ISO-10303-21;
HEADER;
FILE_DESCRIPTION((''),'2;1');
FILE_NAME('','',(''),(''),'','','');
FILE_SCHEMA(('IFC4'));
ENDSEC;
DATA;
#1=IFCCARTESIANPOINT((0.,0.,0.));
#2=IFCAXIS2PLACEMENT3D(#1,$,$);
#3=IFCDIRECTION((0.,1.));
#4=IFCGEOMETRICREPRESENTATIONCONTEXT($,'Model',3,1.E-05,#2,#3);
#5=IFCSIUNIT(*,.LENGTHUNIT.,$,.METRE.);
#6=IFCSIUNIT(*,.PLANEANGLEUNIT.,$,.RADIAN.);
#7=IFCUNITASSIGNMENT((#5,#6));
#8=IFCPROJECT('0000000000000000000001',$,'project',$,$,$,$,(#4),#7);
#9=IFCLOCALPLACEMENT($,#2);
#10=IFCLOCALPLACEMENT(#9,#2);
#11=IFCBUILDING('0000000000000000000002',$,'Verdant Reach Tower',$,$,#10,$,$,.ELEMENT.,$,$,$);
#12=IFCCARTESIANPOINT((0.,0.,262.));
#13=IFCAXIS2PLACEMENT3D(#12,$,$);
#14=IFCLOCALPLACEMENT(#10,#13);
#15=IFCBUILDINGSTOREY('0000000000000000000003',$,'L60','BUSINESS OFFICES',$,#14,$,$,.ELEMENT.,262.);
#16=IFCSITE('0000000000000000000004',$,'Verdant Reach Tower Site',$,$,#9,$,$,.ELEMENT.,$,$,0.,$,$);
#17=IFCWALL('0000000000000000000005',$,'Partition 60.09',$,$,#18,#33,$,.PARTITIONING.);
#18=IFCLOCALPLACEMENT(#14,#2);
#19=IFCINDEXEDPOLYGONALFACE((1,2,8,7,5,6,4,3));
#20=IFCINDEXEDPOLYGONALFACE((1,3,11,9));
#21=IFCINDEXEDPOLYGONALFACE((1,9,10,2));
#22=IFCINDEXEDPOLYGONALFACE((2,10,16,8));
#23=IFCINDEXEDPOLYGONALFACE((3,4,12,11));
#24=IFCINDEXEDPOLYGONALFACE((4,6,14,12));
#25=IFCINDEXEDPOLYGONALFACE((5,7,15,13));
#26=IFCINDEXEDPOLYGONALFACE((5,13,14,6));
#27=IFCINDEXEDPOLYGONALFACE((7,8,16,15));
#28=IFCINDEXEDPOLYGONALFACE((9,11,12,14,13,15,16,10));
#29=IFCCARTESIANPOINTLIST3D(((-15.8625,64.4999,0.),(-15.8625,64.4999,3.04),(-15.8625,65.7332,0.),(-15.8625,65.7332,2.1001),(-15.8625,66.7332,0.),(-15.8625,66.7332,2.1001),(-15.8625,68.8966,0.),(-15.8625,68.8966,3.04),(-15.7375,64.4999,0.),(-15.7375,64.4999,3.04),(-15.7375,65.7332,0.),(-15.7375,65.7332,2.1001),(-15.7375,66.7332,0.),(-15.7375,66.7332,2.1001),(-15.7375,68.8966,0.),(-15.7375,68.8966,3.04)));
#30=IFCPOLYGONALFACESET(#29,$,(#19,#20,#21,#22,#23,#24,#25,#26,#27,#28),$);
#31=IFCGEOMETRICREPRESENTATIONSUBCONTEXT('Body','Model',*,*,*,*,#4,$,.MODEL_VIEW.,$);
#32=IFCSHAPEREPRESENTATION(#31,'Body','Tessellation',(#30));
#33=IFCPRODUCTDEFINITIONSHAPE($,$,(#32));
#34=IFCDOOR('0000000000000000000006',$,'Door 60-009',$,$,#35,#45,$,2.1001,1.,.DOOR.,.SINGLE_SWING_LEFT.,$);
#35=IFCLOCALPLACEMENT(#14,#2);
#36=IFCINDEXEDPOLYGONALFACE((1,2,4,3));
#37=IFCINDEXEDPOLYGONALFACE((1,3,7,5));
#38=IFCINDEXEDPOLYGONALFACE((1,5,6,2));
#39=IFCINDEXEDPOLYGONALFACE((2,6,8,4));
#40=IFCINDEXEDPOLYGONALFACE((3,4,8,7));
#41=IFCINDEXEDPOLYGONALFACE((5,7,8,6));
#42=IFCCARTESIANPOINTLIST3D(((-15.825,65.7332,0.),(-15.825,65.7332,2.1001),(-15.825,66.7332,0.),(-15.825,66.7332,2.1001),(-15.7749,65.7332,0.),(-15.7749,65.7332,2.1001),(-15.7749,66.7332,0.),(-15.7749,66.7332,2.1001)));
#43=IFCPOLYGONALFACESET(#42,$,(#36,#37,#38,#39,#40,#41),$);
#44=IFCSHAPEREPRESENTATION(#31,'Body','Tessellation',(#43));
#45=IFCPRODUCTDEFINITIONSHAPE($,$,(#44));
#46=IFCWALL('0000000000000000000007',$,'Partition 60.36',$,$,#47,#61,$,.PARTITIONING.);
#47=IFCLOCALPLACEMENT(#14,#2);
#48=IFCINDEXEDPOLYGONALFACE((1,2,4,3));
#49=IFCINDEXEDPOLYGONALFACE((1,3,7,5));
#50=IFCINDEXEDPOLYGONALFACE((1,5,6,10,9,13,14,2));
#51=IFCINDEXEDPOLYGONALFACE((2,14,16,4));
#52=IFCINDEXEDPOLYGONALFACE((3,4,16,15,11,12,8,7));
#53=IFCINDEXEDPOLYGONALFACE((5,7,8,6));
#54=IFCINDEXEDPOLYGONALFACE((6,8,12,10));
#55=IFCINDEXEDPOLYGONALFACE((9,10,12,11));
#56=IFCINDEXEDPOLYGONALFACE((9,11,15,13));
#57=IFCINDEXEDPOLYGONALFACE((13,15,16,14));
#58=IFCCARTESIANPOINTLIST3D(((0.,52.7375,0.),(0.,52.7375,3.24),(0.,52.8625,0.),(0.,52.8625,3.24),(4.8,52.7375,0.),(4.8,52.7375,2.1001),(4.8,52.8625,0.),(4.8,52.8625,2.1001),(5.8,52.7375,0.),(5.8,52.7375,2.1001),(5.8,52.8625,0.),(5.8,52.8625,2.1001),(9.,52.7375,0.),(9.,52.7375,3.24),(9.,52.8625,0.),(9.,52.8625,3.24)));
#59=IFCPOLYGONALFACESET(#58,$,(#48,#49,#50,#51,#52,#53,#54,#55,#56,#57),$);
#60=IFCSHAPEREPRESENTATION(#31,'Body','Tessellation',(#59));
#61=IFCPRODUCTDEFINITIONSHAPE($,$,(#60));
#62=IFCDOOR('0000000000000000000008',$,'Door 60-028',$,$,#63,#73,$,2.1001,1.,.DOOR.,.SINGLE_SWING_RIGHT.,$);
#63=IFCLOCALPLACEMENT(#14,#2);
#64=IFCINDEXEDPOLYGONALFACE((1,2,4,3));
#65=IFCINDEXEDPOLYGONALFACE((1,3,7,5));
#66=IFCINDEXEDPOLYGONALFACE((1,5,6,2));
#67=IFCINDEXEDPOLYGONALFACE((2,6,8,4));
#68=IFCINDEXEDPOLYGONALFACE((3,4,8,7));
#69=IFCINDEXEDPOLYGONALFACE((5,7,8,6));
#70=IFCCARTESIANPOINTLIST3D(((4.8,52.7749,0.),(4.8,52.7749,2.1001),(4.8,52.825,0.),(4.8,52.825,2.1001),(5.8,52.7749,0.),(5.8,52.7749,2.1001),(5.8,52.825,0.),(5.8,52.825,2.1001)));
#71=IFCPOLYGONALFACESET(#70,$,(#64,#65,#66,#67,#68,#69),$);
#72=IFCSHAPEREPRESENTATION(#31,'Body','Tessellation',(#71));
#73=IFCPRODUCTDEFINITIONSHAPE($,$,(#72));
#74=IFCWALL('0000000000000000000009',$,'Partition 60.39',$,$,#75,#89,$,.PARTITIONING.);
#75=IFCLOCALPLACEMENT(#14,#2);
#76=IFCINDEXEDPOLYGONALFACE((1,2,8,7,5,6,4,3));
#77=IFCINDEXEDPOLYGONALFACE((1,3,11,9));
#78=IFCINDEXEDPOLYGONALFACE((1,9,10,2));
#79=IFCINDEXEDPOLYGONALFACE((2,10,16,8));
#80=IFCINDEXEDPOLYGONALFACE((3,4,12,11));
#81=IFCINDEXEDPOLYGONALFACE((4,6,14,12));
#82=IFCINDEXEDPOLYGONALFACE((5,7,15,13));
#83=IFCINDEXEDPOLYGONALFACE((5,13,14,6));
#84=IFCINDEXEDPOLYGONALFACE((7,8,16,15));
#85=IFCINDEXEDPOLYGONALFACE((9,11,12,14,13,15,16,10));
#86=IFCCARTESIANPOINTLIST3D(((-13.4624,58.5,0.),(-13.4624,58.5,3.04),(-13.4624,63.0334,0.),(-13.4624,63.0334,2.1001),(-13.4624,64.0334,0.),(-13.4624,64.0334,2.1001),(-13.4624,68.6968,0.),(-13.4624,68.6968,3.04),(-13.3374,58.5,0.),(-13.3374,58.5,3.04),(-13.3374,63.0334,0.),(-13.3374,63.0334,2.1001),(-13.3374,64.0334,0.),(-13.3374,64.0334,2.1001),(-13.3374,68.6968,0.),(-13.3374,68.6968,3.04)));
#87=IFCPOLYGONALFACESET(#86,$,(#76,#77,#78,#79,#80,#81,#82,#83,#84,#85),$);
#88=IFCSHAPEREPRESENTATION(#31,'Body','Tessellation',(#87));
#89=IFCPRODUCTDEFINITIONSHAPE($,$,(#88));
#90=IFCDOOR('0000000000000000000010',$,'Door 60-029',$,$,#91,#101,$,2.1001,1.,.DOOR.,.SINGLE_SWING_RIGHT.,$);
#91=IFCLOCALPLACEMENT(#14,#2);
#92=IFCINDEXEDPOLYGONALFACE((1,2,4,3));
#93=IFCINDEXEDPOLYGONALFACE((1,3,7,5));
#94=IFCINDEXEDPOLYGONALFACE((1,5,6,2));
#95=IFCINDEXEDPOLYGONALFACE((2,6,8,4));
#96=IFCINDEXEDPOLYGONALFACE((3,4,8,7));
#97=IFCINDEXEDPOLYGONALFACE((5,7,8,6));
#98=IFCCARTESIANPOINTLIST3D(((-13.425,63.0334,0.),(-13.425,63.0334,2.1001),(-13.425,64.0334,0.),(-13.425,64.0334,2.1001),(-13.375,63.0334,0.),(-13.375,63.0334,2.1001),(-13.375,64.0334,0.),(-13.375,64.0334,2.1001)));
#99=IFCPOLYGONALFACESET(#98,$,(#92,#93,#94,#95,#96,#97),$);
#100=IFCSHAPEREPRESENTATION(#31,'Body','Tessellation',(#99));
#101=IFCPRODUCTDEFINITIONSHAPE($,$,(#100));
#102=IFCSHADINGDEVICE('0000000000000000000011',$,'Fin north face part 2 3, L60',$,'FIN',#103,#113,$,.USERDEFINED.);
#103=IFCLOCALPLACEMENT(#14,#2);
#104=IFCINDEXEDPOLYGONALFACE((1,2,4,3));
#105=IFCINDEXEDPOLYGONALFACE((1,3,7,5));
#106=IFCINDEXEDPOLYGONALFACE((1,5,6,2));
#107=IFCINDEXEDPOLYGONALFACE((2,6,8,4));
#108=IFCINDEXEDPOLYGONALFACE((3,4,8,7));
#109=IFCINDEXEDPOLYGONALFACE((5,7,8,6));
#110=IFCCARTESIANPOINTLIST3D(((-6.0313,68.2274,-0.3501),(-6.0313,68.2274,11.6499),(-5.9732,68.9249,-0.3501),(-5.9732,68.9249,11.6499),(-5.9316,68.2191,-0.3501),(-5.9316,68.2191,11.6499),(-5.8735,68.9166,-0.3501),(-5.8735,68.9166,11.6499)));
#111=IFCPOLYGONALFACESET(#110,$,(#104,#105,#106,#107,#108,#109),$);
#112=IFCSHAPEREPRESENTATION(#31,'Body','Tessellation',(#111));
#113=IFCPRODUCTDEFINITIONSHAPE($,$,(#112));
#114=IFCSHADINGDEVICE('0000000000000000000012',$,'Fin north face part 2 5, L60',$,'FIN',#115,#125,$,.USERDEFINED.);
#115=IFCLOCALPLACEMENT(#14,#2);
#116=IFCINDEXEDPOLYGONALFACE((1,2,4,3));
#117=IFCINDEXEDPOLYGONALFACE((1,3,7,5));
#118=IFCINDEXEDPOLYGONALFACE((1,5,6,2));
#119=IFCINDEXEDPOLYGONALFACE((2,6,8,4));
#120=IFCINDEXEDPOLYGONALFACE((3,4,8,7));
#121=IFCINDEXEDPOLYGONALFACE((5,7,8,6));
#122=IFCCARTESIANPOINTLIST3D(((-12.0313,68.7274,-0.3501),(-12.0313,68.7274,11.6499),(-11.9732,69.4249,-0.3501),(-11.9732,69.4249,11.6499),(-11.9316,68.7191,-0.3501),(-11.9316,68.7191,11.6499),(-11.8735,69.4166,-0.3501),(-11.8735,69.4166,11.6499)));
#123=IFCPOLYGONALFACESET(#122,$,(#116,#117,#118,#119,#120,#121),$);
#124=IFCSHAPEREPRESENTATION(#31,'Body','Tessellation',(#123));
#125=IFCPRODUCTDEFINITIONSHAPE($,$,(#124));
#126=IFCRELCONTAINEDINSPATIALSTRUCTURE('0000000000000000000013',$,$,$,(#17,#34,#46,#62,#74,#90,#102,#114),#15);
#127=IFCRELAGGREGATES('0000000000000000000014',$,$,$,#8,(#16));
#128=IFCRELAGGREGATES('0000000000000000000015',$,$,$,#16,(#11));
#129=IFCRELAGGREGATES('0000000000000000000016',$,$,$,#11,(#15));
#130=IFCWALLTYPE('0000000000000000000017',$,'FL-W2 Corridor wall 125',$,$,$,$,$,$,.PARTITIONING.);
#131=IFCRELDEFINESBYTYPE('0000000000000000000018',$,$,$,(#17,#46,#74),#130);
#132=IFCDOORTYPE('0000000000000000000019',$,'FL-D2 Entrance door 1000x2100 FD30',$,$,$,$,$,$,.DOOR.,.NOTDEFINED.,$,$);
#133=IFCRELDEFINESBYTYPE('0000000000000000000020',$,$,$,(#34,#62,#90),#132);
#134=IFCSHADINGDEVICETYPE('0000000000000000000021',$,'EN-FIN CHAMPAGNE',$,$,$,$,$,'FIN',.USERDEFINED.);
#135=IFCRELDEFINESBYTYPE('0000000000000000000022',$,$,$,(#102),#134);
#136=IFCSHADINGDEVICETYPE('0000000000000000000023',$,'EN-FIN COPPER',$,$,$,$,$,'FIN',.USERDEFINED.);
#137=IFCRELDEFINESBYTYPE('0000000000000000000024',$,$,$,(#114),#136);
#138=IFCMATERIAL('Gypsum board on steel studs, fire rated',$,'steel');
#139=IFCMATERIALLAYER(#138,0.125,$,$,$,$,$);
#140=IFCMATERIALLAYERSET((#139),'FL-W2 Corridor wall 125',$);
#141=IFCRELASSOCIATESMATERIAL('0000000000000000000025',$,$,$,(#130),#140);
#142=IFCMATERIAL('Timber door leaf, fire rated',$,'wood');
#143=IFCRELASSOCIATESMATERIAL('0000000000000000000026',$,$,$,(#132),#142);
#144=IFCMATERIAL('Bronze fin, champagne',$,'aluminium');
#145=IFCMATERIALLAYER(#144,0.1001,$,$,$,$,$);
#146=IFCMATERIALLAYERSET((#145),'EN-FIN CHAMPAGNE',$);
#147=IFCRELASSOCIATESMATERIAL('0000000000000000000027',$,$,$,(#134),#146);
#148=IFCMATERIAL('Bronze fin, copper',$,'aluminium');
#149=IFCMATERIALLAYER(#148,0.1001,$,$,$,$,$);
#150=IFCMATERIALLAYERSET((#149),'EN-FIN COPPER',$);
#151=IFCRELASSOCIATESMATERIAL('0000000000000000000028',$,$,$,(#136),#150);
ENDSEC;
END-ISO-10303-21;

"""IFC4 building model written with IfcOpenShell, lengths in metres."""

from ifc_helpers import new_model, si_unit, direction, frame, frame_2d, origin, origin_2d, place, context, subcontext, project, spatial, rectangle, extrude, material, layer, layer_set, type_object, element, fill, save


model = new_model("IFC4")

# Units and contexts
model_context = context("Model", 3, precision=1e-05, world=origin(), true_north=direction((0.0, 1.0)))
body_context = subcontext(model_context, "Body", "Model", "MODEL_VIEW")
ifc_project = project(units=[si_unit("LENGTHUNIT", "METRE"), si_unit("PLANEANGLEUNIT", "RADIAN")], contexts=[model_context])

# Site, building, storey
site_placement = place(None, origin())
site = spatial("IfcSite", under=ifc_project, at=site_placement, Name="Verdant Reach Tower Site", CompositionType="ELEMENT", RefElevation=0.0)
building_placement = place(site_placement, origin())
building = spatial("IfcBuilding", under=site, at=building_placement, Name="Verdant Reach Tower", CompositionType="ELEMENT")
storey_placement = place(building_placement, frame((0.0, 0.0, 262.0)))
storey = spatial("IfcBuildingStorey", under=building, at=storey_placement, Name="L60", Description="BUSINESS OFFICES", CompositionType="ELEMENT", Elevation=262.0)

# Walls, openings, doors
ifc_material_1 = material(Name="Gypsum board on steel studs, fire rated", Category="steel")
ifc_layer_1 = layer(ifc_material_1, 0.125)
ifc_layer_set_1 = layer_set([ifc_layer_1], Name="FL-W2 Corridor wall 125")
wall_type_1 = type_object("IfcWallType", Name="FL-W2 Corridor wall 125", PredefinedType="PARTITIONING", material=ifc_layer_set_1)
ifc_material_2 = material(Name="Timber door leaf, fire rated", Category="wood")
door_type_1 = type_object("IfcDoorType", Name="FL-D2 Entrance door 1000x2100 FD30", OperationType="NOTDEFINED", PredefinedType="DOOR", material=ifc_material_2)
wall_1_placement = place(storey_placement, frame((-15.8, 64.5, 0.0), z_axis=(0.0, 0.0, 1.0), x_axis=(0.0, 1.0, 0.0)))
wall_1 = element("IfcWall", 1, at=wall_1_placement, inside=storey, type_object=wall_type_1, Name="Partition 60.09", PredefinedType="PARTITIONING", context=body_context, shape_type="SweptSolid", body=[
    extrude(rectangle(XDim=4.3967, YDim=0.125, at=frame_2d((2.1982, 0.0))), origin(), (0.0, 0.0, 1.0), 3.04),
])
opening_1_placement = place(wall_1_placement, frame((1.2332, 0.0, 0.0)))
opening_1 = element("IfcOpeningElement", 2, at=opening_1_placement, cuts=wall_1, PredefinedType="OPENING", context=body_context, shape_type="SweptSolid", body=[
    extrude(rectangle(XDim=1.0, YDim=2.1001, at=frame_2d((0.5, 1.05))), frame((0.0, 0.0725, 0.0), z_axis=(0.0, -1.0, 0.0), x_axis=(1.0, 0.0, 0.0)), (0.0, 0.0, 1.0), 0.145),
])
door_1_placement = place(opening_1_placement, origin())
door_1 = element("IfcDoor", 3, at=door_1_placement, inside=storey, type_object=door_type_1, Name="Door 60-009", OperationType="SINGLE_SWING_LEFT", OverallHeight=2.1001, OverallWidth=1.0, PredefinedType="DOOR", context=body_context, shape_type="SweptSolid", body=[
    extrude(rectangle(XDim=1.0, YDim=2.1001, at=frame_2d((0.5, 1.05))), frame((0.0, 0.0249, 0.0), z_axis=(0.0, -1.0, 0.0), x_axis=(1.0, 0.0, 0.0)), (0.0, 0.0, 1.0), 0.05),
])
fill(opening_1, door_1)
wall_2_placement = place(storey_placement, frame((0.0, 52.8, 0.0), z_axis=(0.0, 0.0, 1.0), x_axis=(1.0, 0.0, 0.0)))
wall_2 = element("IfcWall", 4, at=wall_2_placement, inside=storey, type_object=wall_type_1, Name="Partition 60.36", PredefinedType="PARTITIONING", context=body_context, shape_type="SweptSolid", body=[
    extrude(rectangle(XDim=9.0, YDim=0.125, at=frame_2d((4.5, 0.0))), origin(), (0.0, 0.0, 1.0), 3.24),
])
opening_2_placement = place(wall_2_placement, frame((4.8, 0.0, 0.0)))
opening_2 = element("IfcOpeningElement", 5, at=opening_2_placement, cuts=wall_2, PredefinedType="OPENING", context=body_context, shape_type="SweptSolid", body=[
    extrude(rectangle(XDim=1.0, YDim=2.1001, at=frame_2d((0.5, 1.05))), frame((0.0, 0.0725, 0.0), z_axis=(0.0, -1.0, 0.0), x_axis=(1.0, 0.0, 0.0)), (0.0, 0.0, 1.0), 0.145),
])
door_2_placement = place(opening_2_placement, origin())
door_2 = element("IfcDoor", 6, at=door_2_placement, inside=storey, type_object=door_type_1, Name="Door 60-028", OperationType="SINGLE_SWING_RIGHT", OverallHeight=2.1001, OverallWidth=1.0, PredefinedType="DOOR", context=body_context, shape_type="SweptSolid", body=[
    extrude(rectangle(XDim=1.0, YDim=2.1001, at=frame_2d((0.5, 1.05))), frame((0.0, 0.0249, 0.0), z_axis=(0.0, -1.0, 0.0), x_axis=(1.0, 0.0, 0.0)), (0.0, 0.0, 1.0), 0.05),
])
fill(opening_2, door_2)
wall_3_placement = place(storey_placement, frame((-13.3999, 68.6968, 0.0), z_axis=(0.0, 0.0, 1.0), x_axis=(0.0, -1.0, 0.0)))
wall_3 = element("IfcWall", 7, at=wall_3_placement, inside=storey, type_object=wall_type_1, Name="Partition 60.39", PredefinedType="PARTITIONING", context=body_context, shape_type="SweptSolid", body=[
    extrude(rectangle(XDim=10.1968, YDim=0.125, at=frame_2d((5.0984, 0.0))), origin(), (0.0, 0.0, 1.0), 3.04),
])
opening_3_placement = place(wall_3_placement, frame((4.6633, 0.0, 0.0)))
opening_3 = element("IfcOpeningElement", 8, at=opening_3_placement, cuts=wall_3, PredefinedType="OPENING", context=body_context, shape_type="SweptSolid", body=[
    extrude(rectangle(XDim=1.0, YDim=2.1001, at=frame_2d((0.5, 1.05))), frame((0.0, 0.0725, 0.0), z_axis=(0.0, -1.0, 0.0), x_axis=(1.0, 0.0, 0.0)), (0.0, 0.0, 1.0), 0.145),
])
door_3_placement = place(opening_3_placement, origin())
door_3 = element("IfcDoor", 9, at=door_3_placement, inside=storey, type_object=door_type_1, Name="Door 60-029", OperationType="SINGLE_SWING_RIGHT", OverallHeight=2.1001, OverallWidth=1.0, PredefinedType="DOOR", context=body_context, shape_type="SweptSolid", body=[
    extrude(rectangle(XDim=1.0, YDim=2.1001, at=frame_2d((0.5, 1.05))), frame((0.0, 0.0249, 0.0), z_axis=(0.0, -1.0, 0.0), x_axis=(1.0, 0.0, 0.0)), (0.0, 0.0, 1.0), 0.05),
])
fill(opening_3, door_3)

# Shading devices
ifc_material_3 = material(Name="Bronze fin, champagne", Category="aluminium")
ifc_layer_2 = layer(ifc_material_3, 0.1001)
ifc_layer_set_2 = layer_set([ifc_layer_2], Name="EN-FIN CHAMPAGNE")
shading_device_type_1 = type_object("IfcShadingDeviceType", Name="EN-FIN CHAMPAGNE", ElementType="FIN", PredefinedType="USERDEFINED", material=ifc_layer_set_2)
shading_device_1_placement = place(storey_placement, frame((-5.9524, 68.572, -0.3501), z_axis=(0.0, 0.0, 1.0), x_axis=(-0.996546, 0.083045, 0.0)))
element("IfcShadingDevice", 10, at=shading_device_1_placement, inside=storey, type_object=shading_device_type_1, Name="Fin north face part 2 3, L60", ObjectType="FIN", PredefinedType="USERDEFINED", context=body_context, shape_type="SweptSolid", body=[
    extrude(rectangle(XDim=0.1001, YDim=0.7, at=origin_2d()), origin(), (0.0, 0.0, 1.0), 12.0),
])
ifc_material_4 = material(Name="Bronze fin, copper", Category="aluminium")
ifc_layer_3 = layer(ifc_material_4, 0.1001)
ifc_layer_set_3 = layer_set([ifc_layer_3], Name="EN-FIN COPPER")
shading_device_type_2 = type_object("IfcShadingDeviceType", Name="EN-FIN COPPER", ElementType="FIN", PredefinedType="USERDEFINED", material=ifc_layer_set_3)
shading_device_2_placement = place(storey_placement, frame((-11.9524, 69.072, -0.3501), z_axis=(0.0, 0.0, 1.0), x_axis=(-0.996546, 0.083045, 0.0)))
element("IfcShadingDevice", 11, at=shading_device_2_placement, inside=storey, type_object=shading_device_type_2, Name="Fin north face part 2 5, L60", ObjectType="FIN", PredefinedType="USERDEFINED", context=body_context, shape_type="SweptSolid", body=[
    extrude(rectangle(XDim=0.1001, YDim=0.7, at=origin_2d()), origin(), (0.0, 0.0, 1.0), 12.0),
])

save(model, "model.ifc")
